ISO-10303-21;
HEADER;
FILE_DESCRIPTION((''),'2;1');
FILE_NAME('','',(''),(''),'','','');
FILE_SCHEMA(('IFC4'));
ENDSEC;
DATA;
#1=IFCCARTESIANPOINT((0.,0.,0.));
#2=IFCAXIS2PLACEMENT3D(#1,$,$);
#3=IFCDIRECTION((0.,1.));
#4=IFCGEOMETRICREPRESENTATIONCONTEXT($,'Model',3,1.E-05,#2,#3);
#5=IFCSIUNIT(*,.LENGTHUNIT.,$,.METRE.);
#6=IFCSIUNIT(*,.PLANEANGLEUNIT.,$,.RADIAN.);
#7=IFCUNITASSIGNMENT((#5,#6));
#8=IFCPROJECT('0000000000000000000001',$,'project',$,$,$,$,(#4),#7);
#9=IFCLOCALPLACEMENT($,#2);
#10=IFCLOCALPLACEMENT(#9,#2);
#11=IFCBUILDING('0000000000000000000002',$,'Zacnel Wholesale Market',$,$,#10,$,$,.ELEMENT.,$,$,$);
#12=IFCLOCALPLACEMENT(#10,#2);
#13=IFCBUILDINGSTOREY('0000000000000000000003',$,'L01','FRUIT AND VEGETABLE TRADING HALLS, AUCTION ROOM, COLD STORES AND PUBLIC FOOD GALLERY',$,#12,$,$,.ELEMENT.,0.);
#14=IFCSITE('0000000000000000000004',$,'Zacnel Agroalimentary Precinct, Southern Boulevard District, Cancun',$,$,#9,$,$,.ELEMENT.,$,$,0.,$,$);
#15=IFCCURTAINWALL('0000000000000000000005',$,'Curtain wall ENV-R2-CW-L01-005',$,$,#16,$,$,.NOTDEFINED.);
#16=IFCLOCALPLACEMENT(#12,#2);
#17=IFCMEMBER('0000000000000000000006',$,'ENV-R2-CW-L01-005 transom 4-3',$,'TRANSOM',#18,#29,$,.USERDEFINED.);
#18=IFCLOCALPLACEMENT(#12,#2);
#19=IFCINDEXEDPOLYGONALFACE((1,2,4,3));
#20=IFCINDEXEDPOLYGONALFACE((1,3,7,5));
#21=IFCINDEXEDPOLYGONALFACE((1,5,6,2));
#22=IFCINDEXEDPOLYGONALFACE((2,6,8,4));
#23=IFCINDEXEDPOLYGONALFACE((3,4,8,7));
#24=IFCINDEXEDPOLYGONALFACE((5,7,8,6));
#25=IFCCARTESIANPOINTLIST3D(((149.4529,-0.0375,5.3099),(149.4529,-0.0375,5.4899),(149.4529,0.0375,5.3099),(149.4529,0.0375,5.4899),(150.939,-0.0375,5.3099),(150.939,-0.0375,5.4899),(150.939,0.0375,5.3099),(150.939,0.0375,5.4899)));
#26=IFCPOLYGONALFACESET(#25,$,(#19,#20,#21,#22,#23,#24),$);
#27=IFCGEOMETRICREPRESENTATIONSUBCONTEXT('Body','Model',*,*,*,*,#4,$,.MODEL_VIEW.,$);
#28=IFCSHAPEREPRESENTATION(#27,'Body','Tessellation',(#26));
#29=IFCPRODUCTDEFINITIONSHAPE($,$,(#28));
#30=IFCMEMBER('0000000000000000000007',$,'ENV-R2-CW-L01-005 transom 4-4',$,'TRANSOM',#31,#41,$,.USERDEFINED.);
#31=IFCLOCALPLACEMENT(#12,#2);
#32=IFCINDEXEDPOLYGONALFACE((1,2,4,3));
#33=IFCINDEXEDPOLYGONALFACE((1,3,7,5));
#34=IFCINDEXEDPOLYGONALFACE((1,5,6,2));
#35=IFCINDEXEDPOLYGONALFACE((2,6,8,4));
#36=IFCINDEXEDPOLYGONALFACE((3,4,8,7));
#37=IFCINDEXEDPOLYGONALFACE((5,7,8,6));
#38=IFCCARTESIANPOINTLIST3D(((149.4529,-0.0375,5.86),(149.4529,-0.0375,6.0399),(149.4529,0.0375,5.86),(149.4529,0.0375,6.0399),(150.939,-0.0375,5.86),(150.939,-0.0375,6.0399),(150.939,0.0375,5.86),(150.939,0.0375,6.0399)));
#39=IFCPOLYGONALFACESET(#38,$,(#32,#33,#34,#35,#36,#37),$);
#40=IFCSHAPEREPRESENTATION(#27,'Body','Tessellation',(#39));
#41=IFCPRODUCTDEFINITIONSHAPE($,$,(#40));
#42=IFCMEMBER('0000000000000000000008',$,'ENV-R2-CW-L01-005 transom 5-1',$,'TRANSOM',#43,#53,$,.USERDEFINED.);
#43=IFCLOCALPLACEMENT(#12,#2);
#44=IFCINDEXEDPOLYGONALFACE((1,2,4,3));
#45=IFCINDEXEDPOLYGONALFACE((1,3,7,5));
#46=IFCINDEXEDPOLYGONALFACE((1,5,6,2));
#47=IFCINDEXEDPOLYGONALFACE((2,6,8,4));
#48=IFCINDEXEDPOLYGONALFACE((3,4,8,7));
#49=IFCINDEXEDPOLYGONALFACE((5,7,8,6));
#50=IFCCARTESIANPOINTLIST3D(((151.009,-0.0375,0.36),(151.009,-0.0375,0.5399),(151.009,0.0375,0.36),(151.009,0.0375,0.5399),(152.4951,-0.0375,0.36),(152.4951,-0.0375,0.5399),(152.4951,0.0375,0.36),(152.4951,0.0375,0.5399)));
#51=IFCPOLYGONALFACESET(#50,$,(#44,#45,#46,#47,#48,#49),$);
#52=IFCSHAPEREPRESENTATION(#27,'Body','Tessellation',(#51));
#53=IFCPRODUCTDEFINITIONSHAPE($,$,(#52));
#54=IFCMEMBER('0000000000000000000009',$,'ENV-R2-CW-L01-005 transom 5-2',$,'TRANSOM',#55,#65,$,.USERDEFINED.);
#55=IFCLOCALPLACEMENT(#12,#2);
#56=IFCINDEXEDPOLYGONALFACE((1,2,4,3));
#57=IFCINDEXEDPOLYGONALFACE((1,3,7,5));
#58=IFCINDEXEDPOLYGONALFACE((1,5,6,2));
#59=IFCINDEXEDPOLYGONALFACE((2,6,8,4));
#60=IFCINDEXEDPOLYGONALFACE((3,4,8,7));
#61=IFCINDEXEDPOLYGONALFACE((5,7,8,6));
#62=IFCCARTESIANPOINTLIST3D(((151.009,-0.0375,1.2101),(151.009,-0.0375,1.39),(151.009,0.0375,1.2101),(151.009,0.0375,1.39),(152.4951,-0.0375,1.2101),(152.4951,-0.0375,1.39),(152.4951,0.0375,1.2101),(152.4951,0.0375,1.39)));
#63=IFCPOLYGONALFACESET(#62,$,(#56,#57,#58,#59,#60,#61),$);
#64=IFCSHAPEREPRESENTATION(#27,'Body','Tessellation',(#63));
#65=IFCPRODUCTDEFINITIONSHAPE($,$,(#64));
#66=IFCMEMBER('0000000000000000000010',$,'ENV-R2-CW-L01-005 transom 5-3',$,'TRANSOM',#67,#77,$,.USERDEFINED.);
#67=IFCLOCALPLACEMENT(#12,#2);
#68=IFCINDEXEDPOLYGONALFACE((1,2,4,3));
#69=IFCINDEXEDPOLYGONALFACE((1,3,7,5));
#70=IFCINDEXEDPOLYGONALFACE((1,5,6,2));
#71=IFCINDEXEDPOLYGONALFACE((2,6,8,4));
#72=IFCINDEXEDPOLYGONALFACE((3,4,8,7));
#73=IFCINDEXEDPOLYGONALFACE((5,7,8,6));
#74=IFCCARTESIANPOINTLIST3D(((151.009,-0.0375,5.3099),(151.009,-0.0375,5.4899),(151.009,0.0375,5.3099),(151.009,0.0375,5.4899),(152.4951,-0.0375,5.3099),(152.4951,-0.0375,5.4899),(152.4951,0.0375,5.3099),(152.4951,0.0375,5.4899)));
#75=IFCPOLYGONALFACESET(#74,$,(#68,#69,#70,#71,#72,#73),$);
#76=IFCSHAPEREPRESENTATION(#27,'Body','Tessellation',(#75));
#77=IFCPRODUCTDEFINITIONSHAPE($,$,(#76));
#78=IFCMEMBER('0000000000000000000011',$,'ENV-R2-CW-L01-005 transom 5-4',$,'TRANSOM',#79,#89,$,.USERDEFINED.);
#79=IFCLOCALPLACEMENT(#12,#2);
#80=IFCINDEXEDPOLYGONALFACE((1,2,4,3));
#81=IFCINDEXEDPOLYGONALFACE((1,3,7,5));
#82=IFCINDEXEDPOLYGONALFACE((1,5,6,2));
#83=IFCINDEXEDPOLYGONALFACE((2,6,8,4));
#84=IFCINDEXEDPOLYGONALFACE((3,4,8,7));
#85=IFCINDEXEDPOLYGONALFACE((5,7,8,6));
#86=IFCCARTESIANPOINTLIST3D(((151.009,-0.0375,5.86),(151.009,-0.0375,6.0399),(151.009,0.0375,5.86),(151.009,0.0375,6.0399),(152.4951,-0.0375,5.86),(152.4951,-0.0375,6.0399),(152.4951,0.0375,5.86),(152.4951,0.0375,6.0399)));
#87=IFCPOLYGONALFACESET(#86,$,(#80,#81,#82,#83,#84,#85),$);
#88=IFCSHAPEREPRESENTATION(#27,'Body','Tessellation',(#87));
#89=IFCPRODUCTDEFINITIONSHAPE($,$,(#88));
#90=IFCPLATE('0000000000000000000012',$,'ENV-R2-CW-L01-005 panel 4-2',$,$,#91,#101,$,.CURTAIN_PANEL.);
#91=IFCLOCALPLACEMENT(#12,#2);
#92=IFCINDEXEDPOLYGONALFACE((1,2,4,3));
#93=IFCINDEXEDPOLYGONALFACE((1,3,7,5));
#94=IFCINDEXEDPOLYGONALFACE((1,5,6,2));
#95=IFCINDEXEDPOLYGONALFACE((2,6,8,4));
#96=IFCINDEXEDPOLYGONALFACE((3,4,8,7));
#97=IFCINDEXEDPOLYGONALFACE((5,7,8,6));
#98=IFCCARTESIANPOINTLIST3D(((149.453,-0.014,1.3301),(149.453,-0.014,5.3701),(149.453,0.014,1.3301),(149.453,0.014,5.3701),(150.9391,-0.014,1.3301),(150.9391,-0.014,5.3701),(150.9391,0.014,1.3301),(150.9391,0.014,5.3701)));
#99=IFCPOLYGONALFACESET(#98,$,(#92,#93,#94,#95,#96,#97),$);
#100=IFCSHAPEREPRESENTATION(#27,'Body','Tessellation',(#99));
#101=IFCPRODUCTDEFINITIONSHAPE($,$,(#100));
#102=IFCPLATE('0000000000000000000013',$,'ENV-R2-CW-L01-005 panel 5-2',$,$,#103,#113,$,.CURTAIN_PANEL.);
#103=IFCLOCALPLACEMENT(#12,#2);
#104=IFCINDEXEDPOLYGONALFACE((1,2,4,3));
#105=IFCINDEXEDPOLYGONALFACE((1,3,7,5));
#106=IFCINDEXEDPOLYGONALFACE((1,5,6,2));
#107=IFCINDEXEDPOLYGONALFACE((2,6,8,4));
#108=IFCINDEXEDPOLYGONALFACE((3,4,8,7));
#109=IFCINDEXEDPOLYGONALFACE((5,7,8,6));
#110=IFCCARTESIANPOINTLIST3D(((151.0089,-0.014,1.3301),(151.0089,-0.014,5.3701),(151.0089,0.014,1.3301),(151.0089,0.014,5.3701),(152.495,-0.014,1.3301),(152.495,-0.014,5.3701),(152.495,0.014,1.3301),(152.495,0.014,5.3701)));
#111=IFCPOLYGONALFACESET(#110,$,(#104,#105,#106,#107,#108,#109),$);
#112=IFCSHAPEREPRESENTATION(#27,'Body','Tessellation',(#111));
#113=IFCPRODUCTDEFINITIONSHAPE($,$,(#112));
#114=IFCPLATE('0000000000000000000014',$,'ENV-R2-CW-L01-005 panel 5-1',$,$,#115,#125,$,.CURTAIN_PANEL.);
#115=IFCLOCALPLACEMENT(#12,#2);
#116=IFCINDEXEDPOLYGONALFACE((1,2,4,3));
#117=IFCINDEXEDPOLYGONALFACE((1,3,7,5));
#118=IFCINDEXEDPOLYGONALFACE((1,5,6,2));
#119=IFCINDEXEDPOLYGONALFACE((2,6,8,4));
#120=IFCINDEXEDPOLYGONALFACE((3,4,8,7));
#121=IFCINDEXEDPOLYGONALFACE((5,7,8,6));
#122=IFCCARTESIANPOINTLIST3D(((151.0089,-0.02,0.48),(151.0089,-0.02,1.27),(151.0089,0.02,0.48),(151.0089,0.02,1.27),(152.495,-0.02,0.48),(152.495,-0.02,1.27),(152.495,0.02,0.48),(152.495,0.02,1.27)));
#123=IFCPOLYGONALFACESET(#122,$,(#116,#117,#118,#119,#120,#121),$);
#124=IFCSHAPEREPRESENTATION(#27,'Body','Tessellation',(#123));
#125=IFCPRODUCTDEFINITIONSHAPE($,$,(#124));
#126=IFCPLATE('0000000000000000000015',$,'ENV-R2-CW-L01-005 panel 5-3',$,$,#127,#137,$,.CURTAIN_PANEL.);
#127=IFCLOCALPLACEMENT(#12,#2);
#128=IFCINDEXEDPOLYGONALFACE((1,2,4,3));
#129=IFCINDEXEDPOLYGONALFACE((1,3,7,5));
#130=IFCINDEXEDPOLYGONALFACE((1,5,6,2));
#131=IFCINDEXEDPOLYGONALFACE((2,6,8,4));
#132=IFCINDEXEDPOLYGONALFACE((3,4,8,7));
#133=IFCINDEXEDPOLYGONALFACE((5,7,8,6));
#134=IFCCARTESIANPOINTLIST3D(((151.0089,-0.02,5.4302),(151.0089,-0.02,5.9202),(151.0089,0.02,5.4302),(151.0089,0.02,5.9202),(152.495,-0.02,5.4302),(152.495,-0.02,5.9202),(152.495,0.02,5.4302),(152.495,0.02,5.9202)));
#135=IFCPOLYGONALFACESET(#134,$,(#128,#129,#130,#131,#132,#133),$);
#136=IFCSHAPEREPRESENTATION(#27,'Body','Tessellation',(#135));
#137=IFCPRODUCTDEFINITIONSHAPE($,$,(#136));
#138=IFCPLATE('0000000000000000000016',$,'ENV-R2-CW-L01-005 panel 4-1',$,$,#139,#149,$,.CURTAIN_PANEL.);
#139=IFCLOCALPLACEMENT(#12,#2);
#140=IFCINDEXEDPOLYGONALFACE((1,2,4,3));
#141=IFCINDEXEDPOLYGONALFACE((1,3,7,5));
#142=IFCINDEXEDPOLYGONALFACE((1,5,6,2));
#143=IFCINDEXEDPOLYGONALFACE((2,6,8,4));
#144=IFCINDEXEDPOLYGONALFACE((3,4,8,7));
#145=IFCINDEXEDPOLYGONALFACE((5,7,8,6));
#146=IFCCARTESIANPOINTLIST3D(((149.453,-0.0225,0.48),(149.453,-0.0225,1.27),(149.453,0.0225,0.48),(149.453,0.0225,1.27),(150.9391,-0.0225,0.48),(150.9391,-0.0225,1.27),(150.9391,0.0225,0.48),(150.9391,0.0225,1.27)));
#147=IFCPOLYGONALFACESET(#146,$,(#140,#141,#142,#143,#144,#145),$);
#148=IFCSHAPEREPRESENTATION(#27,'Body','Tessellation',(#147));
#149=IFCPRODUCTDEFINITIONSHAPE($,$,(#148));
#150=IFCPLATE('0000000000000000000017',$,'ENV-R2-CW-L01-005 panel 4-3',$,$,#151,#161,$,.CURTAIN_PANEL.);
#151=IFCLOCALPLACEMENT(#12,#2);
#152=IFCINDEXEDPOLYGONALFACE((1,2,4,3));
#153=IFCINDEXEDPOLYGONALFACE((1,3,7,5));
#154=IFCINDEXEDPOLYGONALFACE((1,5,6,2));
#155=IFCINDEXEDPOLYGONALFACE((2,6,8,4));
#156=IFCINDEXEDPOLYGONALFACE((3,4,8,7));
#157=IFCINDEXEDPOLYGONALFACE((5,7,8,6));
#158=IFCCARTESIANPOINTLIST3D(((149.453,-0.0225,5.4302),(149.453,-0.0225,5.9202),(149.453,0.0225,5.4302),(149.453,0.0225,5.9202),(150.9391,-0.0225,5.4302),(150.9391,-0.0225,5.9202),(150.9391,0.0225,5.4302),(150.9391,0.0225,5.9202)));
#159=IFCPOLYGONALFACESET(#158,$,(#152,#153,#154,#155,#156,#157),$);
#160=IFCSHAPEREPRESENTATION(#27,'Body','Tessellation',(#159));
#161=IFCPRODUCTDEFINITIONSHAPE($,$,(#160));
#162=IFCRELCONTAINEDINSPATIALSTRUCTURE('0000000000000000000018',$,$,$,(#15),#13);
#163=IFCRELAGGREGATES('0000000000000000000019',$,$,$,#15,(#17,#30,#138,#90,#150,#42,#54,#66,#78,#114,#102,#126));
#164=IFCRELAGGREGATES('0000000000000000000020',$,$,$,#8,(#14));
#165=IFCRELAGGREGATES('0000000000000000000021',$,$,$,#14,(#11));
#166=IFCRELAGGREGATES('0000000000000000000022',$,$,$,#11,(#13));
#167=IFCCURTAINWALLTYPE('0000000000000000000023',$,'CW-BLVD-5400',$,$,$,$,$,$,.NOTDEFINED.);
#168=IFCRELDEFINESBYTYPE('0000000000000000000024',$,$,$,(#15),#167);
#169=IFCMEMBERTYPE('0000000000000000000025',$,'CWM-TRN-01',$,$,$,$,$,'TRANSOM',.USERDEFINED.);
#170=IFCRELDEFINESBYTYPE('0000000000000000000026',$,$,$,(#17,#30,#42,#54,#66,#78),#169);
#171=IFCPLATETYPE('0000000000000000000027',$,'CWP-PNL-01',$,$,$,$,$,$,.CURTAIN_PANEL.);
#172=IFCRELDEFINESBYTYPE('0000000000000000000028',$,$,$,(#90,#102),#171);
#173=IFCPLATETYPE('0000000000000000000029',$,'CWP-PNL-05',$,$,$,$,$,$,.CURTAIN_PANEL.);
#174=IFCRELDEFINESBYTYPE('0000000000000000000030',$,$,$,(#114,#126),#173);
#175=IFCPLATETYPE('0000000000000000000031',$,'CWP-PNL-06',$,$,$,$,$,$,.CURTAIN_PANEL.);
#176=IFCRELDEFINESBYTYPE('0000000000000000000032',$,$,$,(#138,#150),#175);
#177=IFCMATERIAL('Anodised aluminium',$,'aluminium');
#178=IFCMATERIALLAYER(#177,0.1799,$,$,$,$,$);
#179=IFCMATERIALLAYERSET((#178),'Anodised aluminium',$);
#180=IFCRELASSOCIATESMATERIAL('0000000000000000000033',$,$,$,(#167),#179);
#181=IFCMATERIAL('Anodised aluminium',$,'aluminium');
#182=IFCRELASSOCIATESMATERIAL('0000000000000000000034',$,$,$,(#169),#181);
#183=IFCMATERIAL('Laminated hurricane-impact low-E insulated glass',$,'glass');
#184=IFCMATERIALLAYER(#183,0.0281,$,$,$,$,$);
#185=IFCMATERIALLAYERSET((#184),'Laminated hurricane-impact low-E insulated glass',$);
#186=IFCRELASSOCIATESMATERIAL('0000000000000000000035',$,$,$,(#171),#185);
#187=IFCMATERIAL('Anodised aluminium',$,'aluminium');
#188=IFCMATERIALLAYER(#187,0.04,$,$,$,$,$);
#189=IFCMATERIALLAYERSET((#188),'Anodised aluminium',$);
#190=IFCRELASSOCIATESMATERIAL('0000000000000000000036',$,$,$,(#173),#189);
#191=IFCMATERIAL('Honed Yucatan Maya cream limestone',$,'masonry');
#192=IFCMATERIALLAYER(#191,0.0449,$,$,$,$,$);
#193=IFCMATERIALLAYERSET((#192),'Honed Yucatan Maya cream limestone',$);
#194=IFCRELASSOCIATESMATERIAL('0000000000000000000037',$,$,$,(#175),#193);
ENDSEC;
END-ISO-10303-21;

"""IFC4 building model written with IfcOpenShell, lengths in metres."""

from ifc_helpers import new_model, si_unit, direction, frame, origin, origin_2d, place, context, subcontext, project, spatial, rectangle, extrude, material, layer, layer_set, material_profile, profile_set, type_object, element, aggregate, save


model = new_model("IFC4")

# Units and contexts
model_context = context("Model", 3, precision=1e-05, world=origin(), true_north=direction((0.0, 1.0)))
body_context = subcontext(model_context, "Body", "Model", "MODEL_VIEW")
ifc_project = project(units=[si_unit("LENGTHUNIT", "METRE"), si_unit("PLANEANGLEUNIT", "RADIAN")], contexts=[model_context])

# Site, building, storey
site_placement = place(None, origin())
site = spatial("IfcSite", under=ifc_project, at=site_placement, Name="Zacnel Agroalimentary Precinct, Southern Boulevard District, Cancun", CompositionType="ELEMENT", RefElevation=0.0)
building_placement = place(site_placement, origin())
building = spatial("IfcBuilding", under=site, at=building_placement, Name="Zacnel Wholesale Market", CompositionType="ELEMENT")
storey_placement = place(building_placement, origin())
storey = spatial("IfcBuildingStorey", under=building, at=storey_placement, Name="L01", Description="FRUIT AND VEGETABLE TRADING HALLS, AUCTION ROOM, COLD STORES AND PUBLIC FOOD GALLERY", CompositionType="ELEMENT", Elevation=0.0)

# Curtain wall, members, plates
ifc_material_1 = material(Name="Anodised aluminium", Category="aluminium")
ifc_layer_1 = layer(ifc_material_1, 0.1799)
ifc_layer_set_1 = layer_set([ifc_layer_1], Name="Anodised aluminium")
curtain_wall_type = type_object("IfcCurtainWallType", Name="CW-BLVD-5400", PredefinedType="NOTDEFINED", material=ifc_layer_set_1)
curtain_wall_placement = place(storey_placement, origin())
curtain_wall = element("IfcCurtainWall", 1, at=curtain_wall_placement, inside=storey, type_object=curtain_wall_type, Name="Curtain wall ENV-R2-CW-L01-005", PredefinedType="NOTDEFINED")
ifc_material_2 = material(Name="Anodised aluminium", Category="aluminium")
ifc_material_profile_1 = material_profile(ifc_material_2, rectangle(XDim=0.075, YDim=0.1799, at=origin_2d()), Name="AW-TRANSOM 75x180")
ifc_profile_set_1 = profile_set([ifc_material_profile_1], Name="Anodised aluminium")
member_type_1 = type_object("IfcMemberType", Name="CWM-TRN-01", ElementType="TRANSOM", PredefinedType="USERDEFINED", material=ifc_profile_set_1)
member_1_placement = place(storey_placement, frame((149.4529, 0.0, 5.3999), z_axis=(1.0, 0.0, 0.0), x_axis=(0.0, 1.0, 0.0)))
member_1 = element("IfcMember", 2, at=member_1_placement, type_object=member_type_1, Name="ENV-R2-CW-L01-005 transom 4-3", ObjectType="TRANSOM", PredefinedType="USERDEFINED", context=body_context, shape_type="SweptSolid", body=[
    extrude(rectangle(XDim=0.075, YDim=0.1799, at=origin_2d()), origin(), (0.0, 0.0, 1.0), 1.4861),
])
member_2_placement = place(storey_placement, frame((149.4529, 0.0, 5.95), z_axis=(1.0, 0.0, 0.0), x_axis=(0.0, 1.0, 0.0)))
member_2 = element("IfcMember", 3, at=member_2_placement, type_object=member_type_1, Name="ENV-R2-CW-L01-005 transom 4-4", ObjectType="TRANSOM", PredefinedType="USERDEFINED", context=body_context, shape_type="SweptSolid", body=[
    extrude(rectangle(XDim=0.075, YDim=0.1799, at=origin_2d()), origin(), (0.0, 0.0, 1.0), 1.4861),
])
member_3_placement = place(storey_placement, frame((151.009, 0.0, 0.45), z_axis=(1.0, 0.0, 0.0), x_axis=(0.0, 1.0, 0.0)))
member_3 = element("IfcMember", 4, at=member_3_placement, type_object=member_type_1, Name="ENV-R2-CW-L01-005 transom 5-1", ObjectType="TRANSOM", PredefinedType="USERDEFINED", context=body_context, shape_type="SweptSolid", body=[
    extrude(rectangle(XDim=0.075, YDim=0.1799, at=origin_2d()), origin(), (0.0, 0.0, 1.0), 1.4861),
])
member_4_placement = place(storey_placement, frame((151.009, 0.0, 1.3), z_axis=(1.0, 0.0, 0.0), x_axis=(0.0, 1.0, 0.0)))
member_4 = element("IfcMember", 5, at=member_4_placement, type_object=member_type_1, Name="ENV-R2-CW-L01-005 transom 5-2", ObjectType="TRANSOM", PredefinedType="USERDEFINED", context=body_context, shape_type="SweptSolid", body=[
    extrude(rectangle(XDim=0.075, YDim=0.1799, at=origin_2d()), origin(), (0.0, 0.0, 1.0), 1.4861),
])
member_5_placement = place(storey_placement, frame((151.009, 0.0, 5.3999), z_axis=(1.0, 0.0, 0.0), x_axis=(0.0, 1.0, 0.0)))
member_5 = element("IfcMember", 6, at=member_5_placement, type_object=member_type_1, Name="ENV-R2-CW-L01-005 transom 5-3", ObjectType="TRANSOM", PredefinedType="USERDEFINED", context=body_context, shape_type="SweptSolid", body=[
    extrude(rectangle(XDim=0.075, YDim=0.1799, at=origin_2d()), origin(), (0.0, 0.0, 1.0), 1.4861),
])
member_6_placement = place(storey_placement, frame((151.009, 0.0, 5.95), z_axis=(1.0, 0.0, 0.0), x_axis=(0.0, 1.0, 0.0)))
member_6 = element("IfcMember", 7, at=member_6_placement, type_object=member_type_1, Name="ENV-R2-CW-L01-005 transom 5-4", ObjectType="TRANSOM", PredefinedType="USERDEFINED", context=body_context, shape_type="SweptSolid", body=[
    extrude(rectangle(XDim=0.075, YDim=0.1799, at=origin_2d()), origin(), (0.0, 0.0, 1.0), 1.4861),
])
ifc_material_3 = material(Name="Laminated hurricane-impact low-E insulated glass", Category="glass")
ifc_layer_2 = layer(ifc_material_3, 0.0281)
ifc_layer_set_2 = layer_set([ifc_layer_2], Name="Laminated hurricane-impact low-E insulated glass")
plate_type_1 = type_object("IfcPlateType", Name="CWP-PNL-01", PredefinedType="CURTAIN_PANEL", material=ifc_layer_set_2)
plate_1_placement = place(storey_placement, frame((150.196, 0.0, 1.3301), z_axis=(0.0, 0.0, 1.0), x_axis=(1.0, 0.0, 0.0)))
plate_1 = element("IfcPlate", 8, at=plate_1_placement, type_object=plate_type_1, Name="ENV-R2-CW-L01-005 panel 4-2", PredefinedType="CURTAIN_PANEL", context=body_context, shape_type="SweptSolid", body=[
    extrude(rectangle(XDim=1.4861, YDim=0.0281, at=origin_2d()), origin(), (0.0, 0.0, 1.0), 4.04),
])
plate_2_placement = place(storey_placement, frame((151.752, 0.0, 1.3301), z_axis=(0.0, 0.0, 1.0), x_axis=(1.0, 0.0, 0.0)))
plate_2 = element("IfcPlate", 9, at=plate_2_placement, type_object=plate_type_1, Name="ENV-R2-CW-L01-005 panel 5-2", PredefinedType="CURTAIN_PANEL", context=body_context, shape_type="SweptSolid", body=[
    extrude(rectangle(XDim=1.4861, YDim=0.0281, at=origin_2d()), origin(), (0.0, 0.0, 1.0), 4.04),
])
ifc_material_4 = material(Name="Anodised aluminium", Category="aluminium")
ifc_layer_3 = layer(ifc_material_4, 0.04)
ifc_layer_set_3 = layer_set([ifc_layer_3], Name="Anodised aluminium")
plate_type_2 = type_object("IfcPlateType", Name="CWP-PNL-05", PredefinedType="CURTAIN_PANEL", material=ifc_layer_set_3)
plate_3_placement = place(storey_placement, frame((151.752, 0.0, 0.48), z_axis=(0.0, 0.0, 1.0), x_axis=(1.0, 0.0, 0.0)))
plate_3 = element("IfcPlate", 10, at=plate_3_placement, type_object=plate_type_2, Name="ENV-R2-CW-L01-005 panel 5-1", PredefinedType="CURTAIN_PANEL", context=body_context, shape_type="SweptSolid", body=[
    extrude(rectangle(XDim=1.4861, YDim=0.04, at=origin_2d()), origin(), (0.0, 0.0, 1.0), 0.79),
])
plate_4_placement = place(storey_placement, frame((151.752, 0.0, 5.4302), z_axis=(0.0, 0.0, 1.0), x_axis=(1.0, 0.0, 0.0)))
plate_4 = element("IfcPlate", 11, at=plate_4_placement, type_object=plate_type_2, Name="ENV-R2-CW-L01-005 panel 5-3", PredefinedType="CURTAIN_PANEL", context=body_context, shape_type="SweptSolid", body=[
    extrude(rectangle(XDim=1.4861, YDim=0.04, at=origin_2d()), origin(), (0.0, 0.0, 1.0), 0.49),
])
ifc_material_5 = material(Name="Honed Yucatan Maya cream limestone", Category="masonry")
ifc_layer_4 = layer(ifc_material_5, 0.0449)
ifc_layer_set_4 = layer_set([ifc_layer_4], Name="Honed Yucatan Maya cream limestone")
plate_type_3 = type_object("IfcPlateType", Name="CWP-PNL-06", PredefinedType="CURTAIN_PANEL", material=ifc_layer_set_4)
plate_5_placement = place(storey_placement, frame((150.196, 0.0, 0.48), z_axis=(0.0, 0.0, 1.0), x_axis=(1.0, 0.0, 0.0)))
plate_5 = element("IfcPlate", 12, at=plate_5_placement, type_object=plate_type_3, Name="ENV-R2-CW-L01-005 panel 4-1", PredefinedType="CURTAIN_PANEL", context=body_context, shape_type="SweptSolid", body=[
    extrude(rectangle(XDim=1.4861, YDim=0.0449, at=origin_2d()), origin(), (0.0, 0.0, 1.0), 0.79),
])
plate_6_placement = place(storey_placement, frame((150.196, 0.0, 5.4302), z_axis=(0.0, 0.0, 1.0), x_axis=(1.0, 0.0, 0.0)))
plate_6 = element("IfcPlate", 13, at=plate_6_placement, type_object=plate_type_3, Name="ENV-R2-CW-L01-005 panel 4-3", PredefinedType="CURTAIN_PANEL", context=body_context, shape_type="SweptSolid", body=[
    extrude(rectangle(XDim=1.4861, YDim=0.0449, at=origin_2d()), origin(), (0.0, 0.0, 1.0), 0.49),
])
aggregate(curtain_wall, [member_1, member_2, plate_5, plate_1, plate_6, member_3, member_4, member_5, member_6, plate_3, plate_2, plate_4])

save(model, "model.ifc")
